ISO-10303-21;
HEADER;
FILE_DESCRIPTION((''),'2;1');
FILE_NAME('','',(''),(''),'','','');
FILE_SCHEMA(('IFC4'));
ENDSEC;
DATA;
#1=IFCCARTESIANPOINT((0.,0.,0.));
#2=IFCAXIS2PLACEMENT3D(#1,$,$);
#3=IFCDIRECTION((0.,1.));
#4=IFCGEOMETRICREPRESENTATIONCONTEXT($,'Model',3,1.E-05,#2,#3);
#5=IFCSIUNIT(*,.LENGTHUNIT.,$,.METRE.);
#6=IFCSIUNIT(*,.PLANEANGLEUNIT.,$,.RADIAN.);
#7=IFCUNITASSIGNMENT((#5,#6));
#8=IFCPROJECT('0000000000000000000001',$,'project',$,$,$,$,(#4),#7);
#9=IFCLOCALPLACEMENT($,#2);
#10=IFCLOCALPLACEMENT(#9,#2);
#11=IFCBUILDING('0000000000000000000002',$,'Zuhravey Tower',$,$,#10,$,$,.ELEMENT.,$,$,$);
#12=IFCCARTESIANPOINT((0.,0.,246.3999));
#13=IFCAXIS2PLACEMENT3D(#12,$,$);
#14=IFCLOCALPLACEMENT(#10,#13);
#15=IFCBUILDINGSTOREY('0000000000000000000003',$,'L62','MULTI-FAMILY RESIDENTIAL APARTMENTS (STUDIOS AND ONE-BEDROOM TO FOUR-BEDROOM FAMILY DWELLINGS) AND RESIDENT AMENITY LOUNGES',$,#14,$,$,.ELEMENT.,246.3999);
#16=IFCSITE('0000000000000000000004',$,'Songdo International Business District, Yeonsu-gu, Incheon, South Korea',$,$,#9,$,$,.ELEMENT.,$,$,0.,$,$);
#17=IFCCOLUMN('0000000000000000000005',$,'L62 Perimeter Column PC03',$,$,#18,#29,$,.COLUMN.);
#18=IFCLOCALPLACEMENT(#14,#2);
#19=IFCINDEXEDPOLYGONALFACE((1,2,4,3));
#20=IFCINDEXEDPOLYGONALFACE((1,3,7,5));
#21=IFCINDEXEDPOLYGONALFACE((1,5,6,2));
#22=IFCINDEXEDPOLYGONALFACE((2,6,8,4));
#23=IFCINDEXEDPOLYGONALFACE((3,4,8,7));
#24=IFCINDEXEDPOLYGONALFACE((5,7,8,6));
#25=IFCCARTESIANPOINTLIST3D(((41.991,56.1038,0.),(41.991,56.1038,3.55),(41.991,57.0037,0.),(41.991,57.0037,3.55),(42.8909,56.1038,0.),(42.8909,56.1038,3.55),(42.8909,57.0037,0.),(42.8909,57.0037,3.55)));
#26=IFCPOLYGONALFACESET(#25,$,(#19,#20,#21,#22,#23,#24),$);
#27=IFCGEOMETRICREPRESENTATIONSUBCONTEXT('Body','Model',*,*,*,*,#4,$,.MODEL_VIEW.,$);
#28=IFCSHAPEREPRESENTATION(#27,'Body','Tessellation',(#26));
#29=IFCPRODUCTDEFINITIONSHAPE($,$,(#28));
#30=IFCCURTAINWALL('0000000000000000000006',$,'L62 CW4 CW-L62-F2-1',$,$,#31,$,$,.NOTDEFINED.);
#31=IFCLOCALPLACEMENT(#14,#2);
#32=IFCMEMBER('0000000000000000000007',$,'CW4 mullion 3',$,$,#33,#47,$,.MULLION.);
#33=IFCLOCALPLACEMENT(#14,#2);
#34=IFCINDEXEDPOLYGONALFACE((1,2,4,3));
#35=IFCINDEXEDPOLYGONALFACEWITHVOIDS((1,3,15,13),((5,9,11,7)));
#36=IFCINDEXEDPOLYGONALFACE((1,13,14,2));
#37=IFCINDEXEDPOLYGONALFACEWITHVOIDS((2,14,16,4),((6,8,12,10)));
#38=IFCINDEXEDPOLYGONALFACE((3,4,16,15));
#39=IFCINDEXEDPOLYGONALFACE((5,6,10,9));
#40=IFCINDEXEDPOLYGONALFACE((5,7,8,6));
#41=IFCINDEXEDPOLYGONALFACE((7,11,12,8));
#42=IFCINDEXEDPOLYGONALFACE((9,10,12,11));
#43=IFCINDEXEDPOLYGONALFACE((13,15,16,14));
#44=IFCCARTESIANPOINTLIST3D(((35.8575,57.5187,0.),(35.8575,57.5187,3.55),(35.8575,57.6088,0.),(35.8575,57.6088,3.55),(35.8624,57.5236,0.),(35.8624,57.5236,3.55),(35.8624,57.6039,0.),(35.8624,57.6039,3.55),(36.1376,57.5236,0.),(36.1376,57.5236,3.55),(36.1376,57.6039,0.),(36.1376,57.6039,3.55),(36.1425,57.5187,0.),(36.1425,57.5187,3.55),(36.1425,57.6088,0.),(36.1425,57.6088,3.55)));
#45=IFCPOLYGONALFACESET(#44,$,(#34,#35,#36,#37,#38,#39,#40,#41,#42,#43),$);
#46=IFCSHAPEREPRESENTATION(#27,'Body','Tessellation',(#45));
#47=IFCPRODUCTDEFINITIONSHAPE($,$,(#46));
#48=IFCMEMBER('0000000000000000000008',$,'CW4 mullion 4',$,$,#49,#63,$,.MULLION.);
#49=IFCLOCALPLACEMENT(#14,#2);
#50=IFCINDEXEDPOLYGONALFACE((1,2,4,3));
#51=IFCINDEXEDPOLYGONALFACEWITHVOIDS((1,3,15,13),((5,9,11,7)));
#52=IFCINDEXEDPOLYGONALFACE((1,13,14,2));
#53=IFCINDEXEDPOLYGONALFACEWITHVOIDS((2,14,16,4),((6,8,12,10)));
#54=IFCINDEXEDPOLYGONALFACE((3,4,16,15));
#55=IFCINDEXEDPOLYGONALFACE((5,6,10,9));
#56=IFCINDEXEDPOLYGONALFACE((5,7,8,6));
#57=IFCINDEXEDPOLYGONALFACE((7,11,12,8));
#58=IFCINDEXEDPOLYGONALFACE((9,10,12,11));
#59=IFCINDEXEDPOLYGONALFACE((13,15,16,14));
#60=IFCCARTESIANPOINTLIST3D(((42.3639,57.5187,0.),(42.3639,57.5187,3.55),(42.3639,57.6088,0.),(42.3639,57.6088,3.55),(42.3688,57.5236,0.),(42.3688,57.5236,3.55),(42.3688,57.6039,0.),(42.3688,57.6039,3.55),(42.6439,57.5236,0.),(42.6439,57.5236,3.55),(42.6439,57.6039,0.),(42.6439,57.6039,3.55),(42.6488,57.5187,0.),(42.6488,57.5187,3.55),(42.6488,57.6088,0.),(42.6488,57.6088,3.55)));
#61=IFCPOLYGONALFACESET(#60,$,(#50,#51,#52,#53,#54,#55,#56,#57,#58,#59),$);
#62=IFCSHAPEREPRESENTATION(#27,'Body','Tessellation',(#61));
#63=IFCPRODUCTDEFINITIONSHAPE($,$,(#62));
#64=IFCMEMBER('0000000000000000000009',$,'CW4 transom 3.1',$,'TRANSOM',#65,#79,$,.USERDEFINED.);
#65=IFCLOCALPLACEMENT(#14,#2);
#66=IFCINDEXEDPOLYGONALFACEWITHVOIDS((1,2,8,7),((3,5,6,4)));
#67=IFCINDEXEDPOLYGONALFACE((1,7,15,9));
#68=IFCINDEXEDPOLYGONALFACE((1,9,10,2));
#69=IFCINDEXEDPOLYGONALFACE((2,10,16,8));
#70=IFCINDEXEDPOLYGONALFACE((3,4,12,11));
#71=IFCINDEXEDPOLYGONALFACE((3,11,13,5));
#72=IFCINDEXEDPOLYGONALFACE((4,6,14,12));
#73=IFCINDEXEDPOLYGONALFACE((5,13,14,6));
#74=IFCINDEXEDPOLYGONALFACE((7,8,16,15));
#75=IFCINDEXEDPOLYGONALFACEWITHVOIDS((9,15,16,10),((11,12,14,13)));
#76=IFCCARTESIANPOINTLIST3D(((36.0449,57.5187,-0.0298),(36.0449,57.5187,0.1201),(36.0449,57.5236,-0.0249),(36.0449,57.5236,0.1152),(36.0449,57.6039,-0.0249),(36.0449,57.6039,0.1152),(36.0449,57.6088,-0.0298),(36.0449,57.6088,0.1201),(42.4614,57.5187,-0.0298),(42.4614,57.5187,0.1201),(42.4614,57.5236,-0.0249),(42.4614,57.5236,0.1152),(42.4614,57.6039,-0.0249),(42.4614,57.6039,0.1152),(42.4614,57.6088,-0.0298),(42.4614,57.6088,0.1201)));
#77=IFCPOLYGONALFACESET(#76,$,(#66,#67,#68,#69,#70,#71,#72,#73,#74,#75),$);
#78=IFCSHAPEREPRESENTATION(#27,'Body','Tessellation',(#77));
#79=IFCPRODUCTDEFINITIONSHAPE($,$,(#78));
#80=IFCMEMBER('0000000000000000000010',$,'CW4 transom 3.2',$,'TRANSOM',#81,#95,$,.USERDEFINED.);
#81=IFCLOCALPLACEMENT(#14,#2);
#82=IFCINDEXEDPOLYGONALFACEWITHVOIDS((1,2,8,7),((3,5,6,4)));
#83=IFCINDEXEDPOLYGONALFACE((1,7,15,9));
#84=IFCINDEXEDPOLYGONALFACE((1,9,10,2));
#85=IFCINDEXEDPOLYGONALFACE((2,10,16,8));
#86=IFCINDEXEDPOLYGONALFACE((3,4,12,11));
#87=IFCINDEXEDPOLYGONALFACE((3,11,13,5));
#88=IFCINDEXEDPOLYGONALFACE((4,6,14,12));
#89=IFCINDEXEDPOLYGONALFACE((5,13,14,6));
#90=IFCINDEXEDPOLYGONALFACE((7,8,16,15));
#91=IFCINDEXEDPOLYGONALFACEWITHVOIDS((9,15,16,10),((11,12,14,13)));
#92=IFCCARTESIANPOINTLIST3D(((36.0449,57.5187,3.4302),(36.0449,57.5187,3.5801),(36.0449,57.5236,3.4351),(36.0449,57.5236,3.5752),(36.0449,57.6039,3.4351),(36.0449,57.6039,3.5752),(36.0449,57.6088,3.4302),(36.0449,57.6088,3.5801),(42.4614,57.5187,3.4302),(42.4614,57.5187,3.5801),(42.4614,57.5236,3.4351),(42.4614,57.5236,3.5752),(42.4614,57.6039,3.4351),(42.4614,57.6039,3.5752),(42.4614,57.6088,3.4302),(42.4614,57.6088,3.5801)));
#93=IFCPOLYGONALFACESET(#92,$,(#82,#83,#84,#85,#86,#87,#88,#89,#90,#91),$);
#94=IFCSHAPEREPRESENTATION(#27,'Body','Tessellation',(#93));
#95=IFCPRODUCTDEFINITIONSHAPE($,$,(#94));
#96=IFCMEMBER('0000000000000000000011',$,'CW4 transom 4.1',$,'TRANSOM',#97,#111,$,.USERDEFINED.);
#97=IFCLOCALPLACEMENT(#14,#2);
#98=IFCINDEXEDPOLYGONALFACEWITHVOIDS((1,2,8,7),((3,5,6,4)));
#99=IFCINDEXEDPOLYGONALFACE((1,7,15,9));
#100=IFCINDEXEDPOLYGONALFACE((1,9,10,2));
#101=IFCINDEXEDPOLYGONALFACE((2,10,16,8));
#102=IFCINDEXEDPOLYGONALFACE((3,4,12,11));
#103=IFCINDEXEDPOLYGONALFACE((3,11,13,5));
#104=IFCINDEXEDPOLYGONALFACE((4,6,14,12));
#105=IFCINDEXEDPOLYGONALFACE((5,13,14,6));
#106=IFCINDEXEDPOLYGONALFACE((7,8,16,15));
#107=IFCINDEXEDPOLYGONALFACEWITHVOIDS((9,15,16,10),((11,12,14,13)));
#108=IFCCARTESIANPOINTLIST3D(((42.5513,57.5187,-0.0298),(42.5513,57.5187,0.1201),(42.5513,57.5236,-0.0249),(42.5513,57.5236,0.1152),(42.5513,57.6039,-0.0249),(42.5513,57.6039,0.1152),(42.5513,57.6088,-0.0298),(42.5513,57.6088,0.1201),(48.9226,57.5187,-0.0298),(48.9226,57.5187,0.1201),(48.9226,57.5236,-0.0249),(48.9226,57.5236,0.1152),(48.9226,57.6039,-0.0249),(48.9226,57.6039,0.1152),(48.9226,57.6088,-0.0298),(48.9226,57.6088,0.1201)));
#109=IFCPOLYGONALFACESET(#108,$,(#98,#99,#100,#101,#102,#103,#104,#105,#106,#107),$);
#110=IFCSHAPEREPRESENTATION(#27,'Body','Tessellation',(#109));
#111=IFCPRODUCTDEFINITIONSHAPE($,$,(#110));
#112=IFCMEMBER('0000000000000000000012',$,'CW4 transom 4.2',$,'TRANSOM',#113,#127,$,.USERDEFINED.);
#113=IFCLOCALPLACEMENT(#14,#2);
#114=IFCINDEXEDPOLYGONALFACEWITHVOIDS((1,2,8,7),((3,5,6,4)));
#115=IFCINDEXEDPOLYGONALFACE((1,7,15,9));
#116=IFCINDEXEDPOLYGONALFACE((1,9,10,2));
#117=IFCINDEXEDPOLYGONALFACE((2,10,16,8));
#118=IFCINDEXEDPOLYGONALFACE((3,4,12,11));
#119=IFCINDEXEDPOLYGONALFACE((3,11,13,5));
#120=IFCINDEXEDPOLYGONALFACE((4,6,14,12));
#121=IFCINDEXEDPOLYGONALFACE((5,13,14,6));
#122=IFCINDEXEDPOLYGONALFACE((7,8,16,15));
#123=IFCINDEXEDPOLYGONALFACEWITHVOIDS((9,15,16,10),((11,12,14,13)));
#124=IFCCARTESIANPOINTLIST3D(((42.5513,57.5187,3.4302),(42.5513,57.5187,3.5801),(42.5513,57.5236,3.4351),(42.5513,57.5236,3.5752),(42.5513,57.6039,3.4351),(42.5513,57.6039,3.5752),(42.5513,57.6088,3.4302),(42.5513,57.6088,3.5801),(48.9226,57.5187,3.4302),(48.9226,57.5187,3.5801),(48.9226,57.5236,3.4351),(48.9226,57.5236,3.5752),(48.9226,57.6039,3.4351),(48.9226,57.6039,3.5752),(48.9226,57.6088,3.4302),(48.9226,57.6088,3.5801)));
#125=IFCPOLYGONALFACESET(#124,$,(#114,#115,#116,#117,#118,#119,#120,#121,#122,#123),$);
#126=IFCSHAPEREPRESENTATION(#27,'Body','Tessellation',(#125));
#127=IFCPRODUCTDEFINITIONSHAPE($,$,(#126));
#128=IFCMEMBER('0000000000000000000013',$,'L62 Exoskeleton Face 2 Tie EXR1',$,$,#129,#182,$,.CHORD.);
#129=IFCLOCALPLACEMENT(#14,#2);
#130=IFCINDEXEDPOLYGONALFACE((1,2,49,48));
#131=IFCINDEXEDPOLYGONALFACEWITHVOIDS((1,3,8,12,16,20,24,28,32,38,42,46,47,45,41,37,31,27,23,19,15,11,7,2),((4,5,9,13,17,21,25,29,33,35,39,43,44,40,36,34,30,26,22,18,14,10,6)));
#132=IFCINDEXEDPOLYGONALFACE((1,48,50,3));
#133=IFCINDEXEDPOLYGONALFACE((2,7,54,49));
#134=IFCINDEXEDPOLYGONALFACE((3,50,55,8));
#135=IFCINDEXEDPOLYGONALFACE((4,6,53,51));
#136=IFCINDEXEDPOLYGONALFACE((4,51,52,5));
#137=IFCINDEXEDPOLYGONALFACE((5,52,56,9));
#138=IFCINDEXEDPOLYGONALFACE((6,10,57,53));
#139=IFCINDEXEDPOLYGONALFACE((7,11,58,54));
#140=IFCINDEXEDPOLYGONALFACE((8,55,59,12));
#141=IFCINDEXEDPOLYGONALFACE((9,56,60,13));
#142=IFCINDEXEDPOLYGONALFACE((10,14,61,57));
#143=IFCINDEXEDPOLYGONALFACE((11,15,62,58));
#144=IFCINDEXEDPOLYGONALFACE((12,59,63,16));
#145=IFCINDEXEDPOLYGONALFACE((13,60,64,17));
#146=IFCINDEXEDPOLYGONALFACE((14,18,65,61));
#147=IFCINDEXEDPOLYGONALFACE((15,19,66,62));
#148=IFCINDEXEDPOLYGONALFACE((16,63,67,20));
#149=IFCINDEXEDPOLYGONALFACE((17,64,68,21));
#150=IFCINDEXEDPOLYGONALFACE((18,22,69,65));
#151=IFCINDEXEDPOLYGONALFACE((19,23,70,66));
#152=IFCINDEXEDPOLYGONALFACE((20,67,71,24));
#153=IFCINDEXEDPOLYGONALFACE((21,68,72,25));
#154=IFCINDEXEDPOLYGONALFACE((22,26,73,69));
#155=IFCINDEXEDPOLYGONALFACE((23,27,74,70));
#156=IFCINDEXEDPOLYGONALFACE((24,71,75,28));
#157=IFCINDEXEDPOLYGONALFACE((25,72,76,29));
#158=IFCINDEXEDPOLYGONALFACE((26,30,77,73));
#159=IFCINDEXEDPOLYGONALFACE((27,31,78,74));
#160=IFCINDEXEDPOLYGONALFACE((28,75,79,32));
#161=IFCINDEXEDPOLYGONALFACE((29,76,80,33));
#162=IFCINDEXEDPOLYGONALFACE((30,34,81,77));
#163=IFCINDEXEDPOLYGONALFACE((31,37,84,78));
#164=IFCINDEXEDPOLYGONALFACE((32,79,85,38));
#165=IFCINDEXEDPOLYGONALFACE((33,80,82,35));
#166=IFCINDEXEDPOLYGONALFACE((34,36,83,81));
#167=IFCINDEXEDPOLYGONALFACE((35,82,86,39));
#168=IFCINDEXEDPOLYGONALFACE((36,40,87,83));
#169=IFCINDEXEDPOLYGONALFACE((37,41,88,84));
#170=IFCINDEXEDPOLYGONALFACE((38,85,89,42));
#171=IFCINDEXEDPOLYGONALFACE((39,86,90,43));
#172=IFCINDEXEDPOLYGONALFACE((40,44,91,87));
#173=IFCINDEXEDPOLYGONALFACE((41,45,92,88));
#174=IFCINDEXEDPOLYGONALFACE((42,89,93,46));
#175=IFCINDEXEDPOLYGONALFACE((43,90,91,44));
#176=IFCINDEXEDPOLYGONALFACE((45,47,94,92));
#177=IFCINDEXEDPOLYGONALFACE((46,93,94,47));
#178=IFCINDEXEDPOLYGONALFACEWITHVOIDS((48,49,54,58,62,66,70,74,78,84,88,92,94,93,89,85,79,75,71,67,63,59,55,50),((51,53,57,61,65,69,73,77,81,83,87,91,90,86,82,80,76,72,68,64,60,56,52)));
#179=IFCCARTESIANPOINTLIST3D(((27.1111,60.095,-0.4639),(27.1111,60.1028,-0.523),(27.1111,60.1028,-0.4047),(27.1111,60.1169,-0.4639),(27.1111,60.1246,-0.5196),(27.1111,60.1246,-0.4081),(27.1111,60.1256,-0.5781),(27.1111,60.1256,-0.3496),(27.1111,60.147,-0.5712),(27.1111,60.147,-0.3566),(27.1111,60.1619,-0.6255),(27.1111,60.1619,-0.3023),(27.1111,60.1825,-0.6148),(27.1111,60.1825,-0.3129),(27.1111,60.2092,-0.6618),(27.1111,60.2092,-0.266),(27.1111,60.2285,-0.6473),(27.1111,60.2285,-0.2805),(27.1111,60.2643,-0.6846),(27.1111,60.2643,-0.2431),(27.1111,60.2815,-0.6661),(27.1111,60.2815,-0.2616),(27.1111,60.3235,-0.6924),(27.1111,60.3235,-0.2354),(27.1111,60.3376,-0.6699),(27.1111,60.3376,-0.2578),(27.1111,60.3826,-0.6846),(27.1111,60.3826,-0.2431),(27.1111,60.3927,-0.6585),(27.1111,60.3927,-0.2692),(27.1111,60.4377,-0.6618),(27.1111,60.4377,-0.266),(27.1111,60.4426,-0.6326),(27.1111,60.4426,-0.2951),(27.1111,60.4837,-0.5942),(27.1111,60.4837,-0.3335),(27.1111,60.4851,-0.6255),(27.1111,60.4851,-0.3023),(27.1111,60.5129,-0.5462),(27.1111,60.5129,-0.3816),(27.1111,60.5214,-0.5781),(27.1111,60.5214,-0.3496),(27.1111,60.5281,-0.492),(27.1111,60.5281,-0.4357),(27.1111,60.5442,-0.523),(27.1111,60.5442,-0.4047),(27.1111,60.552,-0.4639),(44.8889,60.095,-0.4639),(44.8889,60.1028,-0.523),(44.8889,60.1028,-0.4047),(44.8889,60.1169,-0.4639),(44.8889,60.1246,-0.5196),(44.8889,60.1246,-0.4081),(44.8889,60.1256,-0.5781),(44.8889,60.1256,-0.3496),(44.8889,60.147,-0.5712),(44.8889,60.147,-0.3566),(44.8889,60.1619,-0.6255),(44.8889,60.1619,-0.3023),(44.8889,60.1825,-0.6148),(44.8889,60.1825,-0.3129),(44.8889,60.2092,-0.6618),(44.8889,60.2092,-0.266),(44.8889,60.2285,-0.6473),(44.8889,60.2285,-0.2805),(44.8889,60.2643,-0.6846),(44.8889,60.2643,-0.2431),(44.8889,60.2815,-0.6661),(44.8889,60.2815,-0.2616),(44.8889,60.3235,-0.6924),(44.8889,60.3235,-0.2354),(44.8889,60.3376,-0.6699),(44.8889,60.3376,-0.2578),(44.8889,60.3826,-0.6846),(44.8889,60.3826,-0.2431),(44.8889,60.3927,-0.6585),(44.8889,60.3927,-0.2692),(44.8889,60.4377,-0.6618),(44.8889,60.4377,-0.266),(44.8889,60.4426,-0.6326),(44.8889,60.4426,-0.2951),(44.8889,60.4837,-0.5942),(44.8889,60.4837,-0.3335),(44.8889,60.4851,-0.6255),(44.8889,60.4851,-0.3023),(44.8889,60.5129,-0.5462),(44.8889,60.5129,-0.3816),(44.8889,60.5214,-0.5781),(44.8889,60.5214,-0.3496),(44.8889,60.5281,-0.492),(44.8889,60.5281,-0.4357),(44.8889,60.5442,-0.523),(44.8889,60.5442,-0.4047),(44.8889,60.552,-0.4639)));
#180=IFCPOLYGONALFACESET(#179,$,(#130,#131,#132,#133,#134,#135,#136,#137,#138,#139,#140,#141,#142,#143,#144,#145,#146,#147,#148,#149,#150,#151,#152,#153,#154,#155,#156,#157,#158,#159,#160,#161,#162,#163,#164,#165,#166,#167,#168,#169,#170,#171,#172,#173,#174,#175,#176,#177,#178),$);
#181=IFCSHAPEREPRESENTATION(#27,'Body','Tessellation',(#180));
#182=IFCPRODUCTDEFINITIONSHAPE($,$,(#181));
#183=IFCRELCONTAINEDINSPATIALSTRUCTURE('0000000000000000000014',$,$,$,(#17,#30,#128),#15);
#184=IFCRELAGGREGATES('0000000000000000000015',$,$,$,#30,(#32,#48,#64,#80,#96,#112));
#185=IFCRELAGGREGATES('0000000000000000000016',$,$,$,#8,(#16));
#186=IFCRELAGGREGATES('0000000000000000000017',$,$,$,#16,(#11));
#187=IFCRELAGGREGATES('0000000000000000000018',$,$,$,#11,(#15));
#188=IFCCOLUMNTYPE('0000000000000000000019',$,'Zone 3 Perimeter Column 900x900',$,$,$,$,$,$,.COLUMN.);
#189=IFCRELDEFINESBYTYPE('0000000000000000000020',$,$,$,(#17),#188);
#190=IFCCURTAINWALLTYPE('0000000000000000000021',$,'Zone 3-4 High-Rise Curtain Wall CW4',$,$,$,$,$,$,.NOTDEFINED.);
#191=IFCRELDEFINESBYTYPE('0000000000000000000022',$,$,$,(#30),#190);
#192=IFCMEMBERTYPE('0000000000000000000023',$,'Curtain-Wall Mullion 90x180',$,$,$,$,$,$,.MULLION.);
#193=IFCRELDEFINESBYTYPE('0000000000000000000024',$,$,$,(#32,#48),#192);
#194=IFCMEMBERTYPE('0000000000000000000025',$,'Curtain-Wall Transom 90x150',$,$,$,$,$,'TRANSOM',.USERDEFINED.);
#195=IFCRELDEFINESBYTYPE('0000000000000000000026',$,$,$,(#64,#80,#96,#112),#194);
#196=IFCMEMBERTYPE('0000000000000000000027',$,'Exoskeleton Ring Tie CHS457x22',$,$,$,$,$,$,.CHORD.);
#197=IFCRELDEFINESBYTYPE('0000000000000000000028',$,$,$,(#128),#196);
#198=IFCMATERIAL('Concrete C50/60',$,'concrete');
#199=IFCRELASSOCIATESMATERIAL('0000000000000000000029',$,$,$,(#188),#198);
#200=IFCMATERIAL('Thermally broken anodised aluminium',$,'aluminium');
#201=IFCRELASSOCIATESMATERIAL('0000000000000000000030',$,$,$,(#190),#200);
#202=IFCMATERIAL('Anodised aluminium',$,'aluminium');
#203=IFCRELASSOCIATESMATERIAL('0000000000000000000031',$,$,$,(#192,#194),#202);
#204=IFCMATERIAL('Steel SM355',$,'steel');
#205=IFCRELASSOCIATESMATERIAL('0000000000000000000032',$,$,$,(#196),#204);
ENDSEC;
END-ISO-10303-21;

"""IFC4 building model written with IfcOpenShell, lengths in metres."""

from ifc_helpers import new_model, si_unit, direction, frame, origin, origin_2d, place, context, subcontext, project, spatial, rectangle, hollow_rectangle, hollow_circle, extrude, material, material_profile, profile_set, type_object, element, aggregate, save


model = new_model("IFC4")

# Units and contexts
model_context = context("Model", 3, precision=1e-05, world=origin(), true_north=direction((0.0, 1.0)))
body_context = subcontext(model_context, "Body", "Model", "MODEL_VIEW")
ifc_project = project(units=[si_unit("LENGTHUNIT", "METRE"), si_unit("PLANEANGLEUNIT", "RADIAN")], contexts=[model_context])

# Site, building, storey
site_placement = place(None, origin())
site = spatial("IfcSite", under=ifc_project, at=site_placement, Name="Songdo International Business District, Yeonsu-gu, Incheon, South Korea", CompositionType="ELEMENT", RefElevation=0.0)
building_placement = place(site_placement, origin())
building = spatial("IfcBuilding", under=site, at=building_placement, Name="Zuhravey Tower", CompositionType="ELEMENT")
storey_placement = place(building_placement, frame((0.0, 0.0, 246.3999)))
storey = spatial("IfcBuildingStorey", under=building, at=storey_placement, Name="L62", Description="MULTI-FAMILY RESIDENTIAL APARTMENTS (STUDIOS AND ONE-BEDROOM TO FOUR-BEDROOM FAMILY DWELLINGS) AND RESIDENT AMENITY LOUNGES", CompositionType="ELEMENT", Elevation=246.3999)

# Column
ifc_material_1 = material(Name="Concrete C50/60", Category="concrete")
ifc_material_profile_1 = material_profile(ifc_material_1, rectangle(XDim=0.8999, YDim=0.8999, at=origin_2d()), Name="RC-900x900")
ifc_profile_set_1 = profile_set([ifc_material_profile_1], Name="Concrete C50/60")
column_type = type_object("IfcColumnType", Name="Zone 3 Perimeter Column 900x900", PredefinedType="COLUMN", material=ifc_profile_set_1)
column_placement = place(storey_placement, frame((42.4409, 56.5537, 0.0), z_axis=(0.0, 0.0, 1.0), x_axis=(-1.0, 0.0, 0.0)))
element("IfcColumn", 1, at=column_placement, inside=storey, type_object=column_type, Name="L62 Perimeter Column PC03", PredefinedType="COLUMN", context=body_context, shape_type="SweptSolid", body=[
    extrude(rectangle(XDim=0.8999, YDim=0.8999, at=origin_2d()), origin(), (0.0, 0.0, 1.0), 3.55),
])

# Curtain wall, members
ifc_material_2 = material(Name="Thermally broken anodised aluminium", Category="aluminium")
curtain_wall_type = type_object("IfcCurtainWallType", Name="Zone 3-4 High-Rise Curtain Wall CW4", PredefinedType="NOTDEFINED", material=ifc_material_2)
curtain_wall_placement = place(storey_placement, origin())
curtain_wall = element("IfcCurtainWall", 2, at=curtain_wall_placement, inside=storey, type_object=curtain_wall_type, Name="L62 CW4 CW-L62-F2-1", PredefinedType="NOTDEFINED")
ifc_material_3 = material(Name="Anodised aluminium", Category="aluminium")
ifc_material_profile_2 = material_profile(ifc_material_3, hollow_rectangle(XDim=0.0901, YDim=0.2849, WallThickness=0.0049, at=origin_2d()), Name="ALU-RHS-90x285x5")
ifc_profile_set_2 = profile_set([ifc_material_profile_2], Name="Anodised aluminium")
member_type_1 = type_object("IfcMemberType", Name="Curtain-Wall Mullion 90x180", PredefinedType="MULLION", material=ifc_profile_set_2)
member_1_placement = place(storey_placement, frame((36.0, 57.5637, 0.0), z_axis=(0.0, 0.0, 1.0), x_axis=(0.0, 1.0, 0.0)))
member_1 = element("IfcMember", 3, at=member_1_placement, type_object=member_type_1, Name="CW4 mullion 3", PredefinedType="MULLION", context=body_context, shape_type="SweptSolid", body=[
    extrude(hollow_rectangle(XDim=0.0901, YDim=0.2849, WallThickness=0.0049, at=origin_2d()), origin(), (0.0, 0.0, 1.0), 3.55),
])
member_2_placement = place(storey_placement, frame((42.5063, 57.5637, 0.0), z_axis=(0.0, 0.0, 1.0), x_axis=(0.0, 1.0, 0.0)))
member_2 = element("IfcMember", 4, at=member_2_placement, type_object=member_type_1, Name="CW4 mullion 4", PredefinedType="MULLION", context=body_context, shape_type="SweptSolid", body=[
    extrude(hollow_rectangle(XDim=0.0901, YDim=0.2849, WallThickness=0.0049, at=origin_2d()), origin(), (0.0, 0.0, 1.0), 3.55),
])
ifc_material_profile_3 = material_profile(ifc_material_3, hollow_rectangle(XDim=0.0901, YDim=0.1499, WallThickness=0.0049, at=origin_2d()), Name="ALU-RHS-90x150x5")
ifc_profile_set_3 = profile_set([ifc_material_profile_3], Name="Anodised aluminium")
member_type_2 = type_object("IfcMemberType", Name="Curtain-Wall Transom 90x150", ElementType="TRANSOM", PredefinedType="USERDEFINED", material=ifc_profile_set_3)
member_3_placement = place(storey_placement, frame((36.0449, 57.5637, 0.0452), z_axis=(1.0, 0.0, 0.0), x_axis=(0.0, 1.0, 0.0)))
member_3 = element("IfcMember", 5, at=member_3_placement, type_object=member_type_2, Name="CW4 transom 3.1", ObjectType="TRANSOM", PredefinedType="USERDEFINED", context=body_context, shape_type="SweptSolid", body=[
    extrude(hollow_rectangle(XDim=0.0901, YDim=0.1499, WallThickness=0.0049, at=origin_2d()), origin(), (0.0, 0.0, 1.0), 6.4165),
])
member_4_placement = place(storey_placement, frame((36.0449, 57.5637, 3.5051), z_axis=(1.0, 0.0, 0.0), x_axis=(0.0, 1.0, 0.0)))
member_4 = element("IfcMember", 6, at=member_4_placement, type_object=member_type_2, Name="CW4 transom 3.2", ObjectType="TRANSOM", PredefinedType="USERDEFINED", context=body_context, shape_type="SweptSolid", body=[
    extrude(hollow_rectangle(XDim=0.0901, YDim=0.1499, WallThickness=0.0049, at=origin_2d()), origin(), (0.0, 0.0, 1.0), 6.4165),
])
member_5_placement = place(storey_placement, frame((42.5513, 57.5637, 0.0452), z_axis=(1.0, 0.0, 0.0), x_axis=(0.0, 1.0, 0.0)))
member_5 = element("IfcMember", 7, at=member_5_placement, type_object=member_type_2, Name="CW4 transom 4.1", ObjectType="TRANSOM", PredefinedType="USERDEFINED", context=body_context, shape_type="SweptSolid", body=[
    extrude(hollow_rectangle(XDim=0.0901, YDim=0.1499, WallThickness=0.0049, at=origin_2d()), origin(), (0.0, 0.0, 1.0), 6.3713),
])
member_6_placement = place(storey_placement, frame((42.5513, 57.5637, 3.5051), z_axis=(1.0, 0.0, 0.0), x_axis=(0.0, 1.0, 0.0)))
member_6 = element("IfcMember", 8, at=member_6_placement, type_object=member_type_2, Name="CW4 transom 4.2", ObjectType="TRANSOM", PredefinedType="USERDEFINED", context=body_context, shape_type="SweptSolid", body=[
    extrude(hollow_rectangle(XDim=0.0901, YDim=0.1499, WallThickness=0.0049, at=origin_2d()), origin(), (0.0, 0.0, 1.0), 6.3713),
])

# Member
ifc_material_4 = material(Name="Steel SM355", Category="steel")
ifc_material_profile_4 = material_profile(ifc_material_4, hollow_circle(Radius=0.2285, WallThickness=0.022, at=origin_2d()), Name="CHS-457.2x22")
ifc_profile_set_4 = profile_set([ifc_material_profile_4], Name="Steel SM355")
member_type_3 = type_object("IfcMemberType", Name="Exoskeleton Ring Tie CHS457x22", PredefinedType="CHORD", material=ifc_profile_set_4)
member_7_placement = place(storey_placement, frame((44.8889, 60.3235, -0.4639), z_axis=(-1.0, 0.0, 0.0), x_axis=(0.0, -1.0, 0.0)))
element("IfcMember", 9, at=member_7_placement, inside=storey, type_object=member_type_3, Name="L62 Exoskeleton Face 2 Tie EXR1", PredefinedType="CHORD", context=body_context, shape_type="SweptSolid", body=[
    extrude(hollow_circle(Radius=0.2285, WallThickness=0.022, at=origin_2d()), origin(), (0.0, 0.0, 1.0), 17.7778),
])

aggregate(curtain_wall, [member_1, member_2, member_3, member_4, member_5, member_6])

save(model, "model.ifc")
